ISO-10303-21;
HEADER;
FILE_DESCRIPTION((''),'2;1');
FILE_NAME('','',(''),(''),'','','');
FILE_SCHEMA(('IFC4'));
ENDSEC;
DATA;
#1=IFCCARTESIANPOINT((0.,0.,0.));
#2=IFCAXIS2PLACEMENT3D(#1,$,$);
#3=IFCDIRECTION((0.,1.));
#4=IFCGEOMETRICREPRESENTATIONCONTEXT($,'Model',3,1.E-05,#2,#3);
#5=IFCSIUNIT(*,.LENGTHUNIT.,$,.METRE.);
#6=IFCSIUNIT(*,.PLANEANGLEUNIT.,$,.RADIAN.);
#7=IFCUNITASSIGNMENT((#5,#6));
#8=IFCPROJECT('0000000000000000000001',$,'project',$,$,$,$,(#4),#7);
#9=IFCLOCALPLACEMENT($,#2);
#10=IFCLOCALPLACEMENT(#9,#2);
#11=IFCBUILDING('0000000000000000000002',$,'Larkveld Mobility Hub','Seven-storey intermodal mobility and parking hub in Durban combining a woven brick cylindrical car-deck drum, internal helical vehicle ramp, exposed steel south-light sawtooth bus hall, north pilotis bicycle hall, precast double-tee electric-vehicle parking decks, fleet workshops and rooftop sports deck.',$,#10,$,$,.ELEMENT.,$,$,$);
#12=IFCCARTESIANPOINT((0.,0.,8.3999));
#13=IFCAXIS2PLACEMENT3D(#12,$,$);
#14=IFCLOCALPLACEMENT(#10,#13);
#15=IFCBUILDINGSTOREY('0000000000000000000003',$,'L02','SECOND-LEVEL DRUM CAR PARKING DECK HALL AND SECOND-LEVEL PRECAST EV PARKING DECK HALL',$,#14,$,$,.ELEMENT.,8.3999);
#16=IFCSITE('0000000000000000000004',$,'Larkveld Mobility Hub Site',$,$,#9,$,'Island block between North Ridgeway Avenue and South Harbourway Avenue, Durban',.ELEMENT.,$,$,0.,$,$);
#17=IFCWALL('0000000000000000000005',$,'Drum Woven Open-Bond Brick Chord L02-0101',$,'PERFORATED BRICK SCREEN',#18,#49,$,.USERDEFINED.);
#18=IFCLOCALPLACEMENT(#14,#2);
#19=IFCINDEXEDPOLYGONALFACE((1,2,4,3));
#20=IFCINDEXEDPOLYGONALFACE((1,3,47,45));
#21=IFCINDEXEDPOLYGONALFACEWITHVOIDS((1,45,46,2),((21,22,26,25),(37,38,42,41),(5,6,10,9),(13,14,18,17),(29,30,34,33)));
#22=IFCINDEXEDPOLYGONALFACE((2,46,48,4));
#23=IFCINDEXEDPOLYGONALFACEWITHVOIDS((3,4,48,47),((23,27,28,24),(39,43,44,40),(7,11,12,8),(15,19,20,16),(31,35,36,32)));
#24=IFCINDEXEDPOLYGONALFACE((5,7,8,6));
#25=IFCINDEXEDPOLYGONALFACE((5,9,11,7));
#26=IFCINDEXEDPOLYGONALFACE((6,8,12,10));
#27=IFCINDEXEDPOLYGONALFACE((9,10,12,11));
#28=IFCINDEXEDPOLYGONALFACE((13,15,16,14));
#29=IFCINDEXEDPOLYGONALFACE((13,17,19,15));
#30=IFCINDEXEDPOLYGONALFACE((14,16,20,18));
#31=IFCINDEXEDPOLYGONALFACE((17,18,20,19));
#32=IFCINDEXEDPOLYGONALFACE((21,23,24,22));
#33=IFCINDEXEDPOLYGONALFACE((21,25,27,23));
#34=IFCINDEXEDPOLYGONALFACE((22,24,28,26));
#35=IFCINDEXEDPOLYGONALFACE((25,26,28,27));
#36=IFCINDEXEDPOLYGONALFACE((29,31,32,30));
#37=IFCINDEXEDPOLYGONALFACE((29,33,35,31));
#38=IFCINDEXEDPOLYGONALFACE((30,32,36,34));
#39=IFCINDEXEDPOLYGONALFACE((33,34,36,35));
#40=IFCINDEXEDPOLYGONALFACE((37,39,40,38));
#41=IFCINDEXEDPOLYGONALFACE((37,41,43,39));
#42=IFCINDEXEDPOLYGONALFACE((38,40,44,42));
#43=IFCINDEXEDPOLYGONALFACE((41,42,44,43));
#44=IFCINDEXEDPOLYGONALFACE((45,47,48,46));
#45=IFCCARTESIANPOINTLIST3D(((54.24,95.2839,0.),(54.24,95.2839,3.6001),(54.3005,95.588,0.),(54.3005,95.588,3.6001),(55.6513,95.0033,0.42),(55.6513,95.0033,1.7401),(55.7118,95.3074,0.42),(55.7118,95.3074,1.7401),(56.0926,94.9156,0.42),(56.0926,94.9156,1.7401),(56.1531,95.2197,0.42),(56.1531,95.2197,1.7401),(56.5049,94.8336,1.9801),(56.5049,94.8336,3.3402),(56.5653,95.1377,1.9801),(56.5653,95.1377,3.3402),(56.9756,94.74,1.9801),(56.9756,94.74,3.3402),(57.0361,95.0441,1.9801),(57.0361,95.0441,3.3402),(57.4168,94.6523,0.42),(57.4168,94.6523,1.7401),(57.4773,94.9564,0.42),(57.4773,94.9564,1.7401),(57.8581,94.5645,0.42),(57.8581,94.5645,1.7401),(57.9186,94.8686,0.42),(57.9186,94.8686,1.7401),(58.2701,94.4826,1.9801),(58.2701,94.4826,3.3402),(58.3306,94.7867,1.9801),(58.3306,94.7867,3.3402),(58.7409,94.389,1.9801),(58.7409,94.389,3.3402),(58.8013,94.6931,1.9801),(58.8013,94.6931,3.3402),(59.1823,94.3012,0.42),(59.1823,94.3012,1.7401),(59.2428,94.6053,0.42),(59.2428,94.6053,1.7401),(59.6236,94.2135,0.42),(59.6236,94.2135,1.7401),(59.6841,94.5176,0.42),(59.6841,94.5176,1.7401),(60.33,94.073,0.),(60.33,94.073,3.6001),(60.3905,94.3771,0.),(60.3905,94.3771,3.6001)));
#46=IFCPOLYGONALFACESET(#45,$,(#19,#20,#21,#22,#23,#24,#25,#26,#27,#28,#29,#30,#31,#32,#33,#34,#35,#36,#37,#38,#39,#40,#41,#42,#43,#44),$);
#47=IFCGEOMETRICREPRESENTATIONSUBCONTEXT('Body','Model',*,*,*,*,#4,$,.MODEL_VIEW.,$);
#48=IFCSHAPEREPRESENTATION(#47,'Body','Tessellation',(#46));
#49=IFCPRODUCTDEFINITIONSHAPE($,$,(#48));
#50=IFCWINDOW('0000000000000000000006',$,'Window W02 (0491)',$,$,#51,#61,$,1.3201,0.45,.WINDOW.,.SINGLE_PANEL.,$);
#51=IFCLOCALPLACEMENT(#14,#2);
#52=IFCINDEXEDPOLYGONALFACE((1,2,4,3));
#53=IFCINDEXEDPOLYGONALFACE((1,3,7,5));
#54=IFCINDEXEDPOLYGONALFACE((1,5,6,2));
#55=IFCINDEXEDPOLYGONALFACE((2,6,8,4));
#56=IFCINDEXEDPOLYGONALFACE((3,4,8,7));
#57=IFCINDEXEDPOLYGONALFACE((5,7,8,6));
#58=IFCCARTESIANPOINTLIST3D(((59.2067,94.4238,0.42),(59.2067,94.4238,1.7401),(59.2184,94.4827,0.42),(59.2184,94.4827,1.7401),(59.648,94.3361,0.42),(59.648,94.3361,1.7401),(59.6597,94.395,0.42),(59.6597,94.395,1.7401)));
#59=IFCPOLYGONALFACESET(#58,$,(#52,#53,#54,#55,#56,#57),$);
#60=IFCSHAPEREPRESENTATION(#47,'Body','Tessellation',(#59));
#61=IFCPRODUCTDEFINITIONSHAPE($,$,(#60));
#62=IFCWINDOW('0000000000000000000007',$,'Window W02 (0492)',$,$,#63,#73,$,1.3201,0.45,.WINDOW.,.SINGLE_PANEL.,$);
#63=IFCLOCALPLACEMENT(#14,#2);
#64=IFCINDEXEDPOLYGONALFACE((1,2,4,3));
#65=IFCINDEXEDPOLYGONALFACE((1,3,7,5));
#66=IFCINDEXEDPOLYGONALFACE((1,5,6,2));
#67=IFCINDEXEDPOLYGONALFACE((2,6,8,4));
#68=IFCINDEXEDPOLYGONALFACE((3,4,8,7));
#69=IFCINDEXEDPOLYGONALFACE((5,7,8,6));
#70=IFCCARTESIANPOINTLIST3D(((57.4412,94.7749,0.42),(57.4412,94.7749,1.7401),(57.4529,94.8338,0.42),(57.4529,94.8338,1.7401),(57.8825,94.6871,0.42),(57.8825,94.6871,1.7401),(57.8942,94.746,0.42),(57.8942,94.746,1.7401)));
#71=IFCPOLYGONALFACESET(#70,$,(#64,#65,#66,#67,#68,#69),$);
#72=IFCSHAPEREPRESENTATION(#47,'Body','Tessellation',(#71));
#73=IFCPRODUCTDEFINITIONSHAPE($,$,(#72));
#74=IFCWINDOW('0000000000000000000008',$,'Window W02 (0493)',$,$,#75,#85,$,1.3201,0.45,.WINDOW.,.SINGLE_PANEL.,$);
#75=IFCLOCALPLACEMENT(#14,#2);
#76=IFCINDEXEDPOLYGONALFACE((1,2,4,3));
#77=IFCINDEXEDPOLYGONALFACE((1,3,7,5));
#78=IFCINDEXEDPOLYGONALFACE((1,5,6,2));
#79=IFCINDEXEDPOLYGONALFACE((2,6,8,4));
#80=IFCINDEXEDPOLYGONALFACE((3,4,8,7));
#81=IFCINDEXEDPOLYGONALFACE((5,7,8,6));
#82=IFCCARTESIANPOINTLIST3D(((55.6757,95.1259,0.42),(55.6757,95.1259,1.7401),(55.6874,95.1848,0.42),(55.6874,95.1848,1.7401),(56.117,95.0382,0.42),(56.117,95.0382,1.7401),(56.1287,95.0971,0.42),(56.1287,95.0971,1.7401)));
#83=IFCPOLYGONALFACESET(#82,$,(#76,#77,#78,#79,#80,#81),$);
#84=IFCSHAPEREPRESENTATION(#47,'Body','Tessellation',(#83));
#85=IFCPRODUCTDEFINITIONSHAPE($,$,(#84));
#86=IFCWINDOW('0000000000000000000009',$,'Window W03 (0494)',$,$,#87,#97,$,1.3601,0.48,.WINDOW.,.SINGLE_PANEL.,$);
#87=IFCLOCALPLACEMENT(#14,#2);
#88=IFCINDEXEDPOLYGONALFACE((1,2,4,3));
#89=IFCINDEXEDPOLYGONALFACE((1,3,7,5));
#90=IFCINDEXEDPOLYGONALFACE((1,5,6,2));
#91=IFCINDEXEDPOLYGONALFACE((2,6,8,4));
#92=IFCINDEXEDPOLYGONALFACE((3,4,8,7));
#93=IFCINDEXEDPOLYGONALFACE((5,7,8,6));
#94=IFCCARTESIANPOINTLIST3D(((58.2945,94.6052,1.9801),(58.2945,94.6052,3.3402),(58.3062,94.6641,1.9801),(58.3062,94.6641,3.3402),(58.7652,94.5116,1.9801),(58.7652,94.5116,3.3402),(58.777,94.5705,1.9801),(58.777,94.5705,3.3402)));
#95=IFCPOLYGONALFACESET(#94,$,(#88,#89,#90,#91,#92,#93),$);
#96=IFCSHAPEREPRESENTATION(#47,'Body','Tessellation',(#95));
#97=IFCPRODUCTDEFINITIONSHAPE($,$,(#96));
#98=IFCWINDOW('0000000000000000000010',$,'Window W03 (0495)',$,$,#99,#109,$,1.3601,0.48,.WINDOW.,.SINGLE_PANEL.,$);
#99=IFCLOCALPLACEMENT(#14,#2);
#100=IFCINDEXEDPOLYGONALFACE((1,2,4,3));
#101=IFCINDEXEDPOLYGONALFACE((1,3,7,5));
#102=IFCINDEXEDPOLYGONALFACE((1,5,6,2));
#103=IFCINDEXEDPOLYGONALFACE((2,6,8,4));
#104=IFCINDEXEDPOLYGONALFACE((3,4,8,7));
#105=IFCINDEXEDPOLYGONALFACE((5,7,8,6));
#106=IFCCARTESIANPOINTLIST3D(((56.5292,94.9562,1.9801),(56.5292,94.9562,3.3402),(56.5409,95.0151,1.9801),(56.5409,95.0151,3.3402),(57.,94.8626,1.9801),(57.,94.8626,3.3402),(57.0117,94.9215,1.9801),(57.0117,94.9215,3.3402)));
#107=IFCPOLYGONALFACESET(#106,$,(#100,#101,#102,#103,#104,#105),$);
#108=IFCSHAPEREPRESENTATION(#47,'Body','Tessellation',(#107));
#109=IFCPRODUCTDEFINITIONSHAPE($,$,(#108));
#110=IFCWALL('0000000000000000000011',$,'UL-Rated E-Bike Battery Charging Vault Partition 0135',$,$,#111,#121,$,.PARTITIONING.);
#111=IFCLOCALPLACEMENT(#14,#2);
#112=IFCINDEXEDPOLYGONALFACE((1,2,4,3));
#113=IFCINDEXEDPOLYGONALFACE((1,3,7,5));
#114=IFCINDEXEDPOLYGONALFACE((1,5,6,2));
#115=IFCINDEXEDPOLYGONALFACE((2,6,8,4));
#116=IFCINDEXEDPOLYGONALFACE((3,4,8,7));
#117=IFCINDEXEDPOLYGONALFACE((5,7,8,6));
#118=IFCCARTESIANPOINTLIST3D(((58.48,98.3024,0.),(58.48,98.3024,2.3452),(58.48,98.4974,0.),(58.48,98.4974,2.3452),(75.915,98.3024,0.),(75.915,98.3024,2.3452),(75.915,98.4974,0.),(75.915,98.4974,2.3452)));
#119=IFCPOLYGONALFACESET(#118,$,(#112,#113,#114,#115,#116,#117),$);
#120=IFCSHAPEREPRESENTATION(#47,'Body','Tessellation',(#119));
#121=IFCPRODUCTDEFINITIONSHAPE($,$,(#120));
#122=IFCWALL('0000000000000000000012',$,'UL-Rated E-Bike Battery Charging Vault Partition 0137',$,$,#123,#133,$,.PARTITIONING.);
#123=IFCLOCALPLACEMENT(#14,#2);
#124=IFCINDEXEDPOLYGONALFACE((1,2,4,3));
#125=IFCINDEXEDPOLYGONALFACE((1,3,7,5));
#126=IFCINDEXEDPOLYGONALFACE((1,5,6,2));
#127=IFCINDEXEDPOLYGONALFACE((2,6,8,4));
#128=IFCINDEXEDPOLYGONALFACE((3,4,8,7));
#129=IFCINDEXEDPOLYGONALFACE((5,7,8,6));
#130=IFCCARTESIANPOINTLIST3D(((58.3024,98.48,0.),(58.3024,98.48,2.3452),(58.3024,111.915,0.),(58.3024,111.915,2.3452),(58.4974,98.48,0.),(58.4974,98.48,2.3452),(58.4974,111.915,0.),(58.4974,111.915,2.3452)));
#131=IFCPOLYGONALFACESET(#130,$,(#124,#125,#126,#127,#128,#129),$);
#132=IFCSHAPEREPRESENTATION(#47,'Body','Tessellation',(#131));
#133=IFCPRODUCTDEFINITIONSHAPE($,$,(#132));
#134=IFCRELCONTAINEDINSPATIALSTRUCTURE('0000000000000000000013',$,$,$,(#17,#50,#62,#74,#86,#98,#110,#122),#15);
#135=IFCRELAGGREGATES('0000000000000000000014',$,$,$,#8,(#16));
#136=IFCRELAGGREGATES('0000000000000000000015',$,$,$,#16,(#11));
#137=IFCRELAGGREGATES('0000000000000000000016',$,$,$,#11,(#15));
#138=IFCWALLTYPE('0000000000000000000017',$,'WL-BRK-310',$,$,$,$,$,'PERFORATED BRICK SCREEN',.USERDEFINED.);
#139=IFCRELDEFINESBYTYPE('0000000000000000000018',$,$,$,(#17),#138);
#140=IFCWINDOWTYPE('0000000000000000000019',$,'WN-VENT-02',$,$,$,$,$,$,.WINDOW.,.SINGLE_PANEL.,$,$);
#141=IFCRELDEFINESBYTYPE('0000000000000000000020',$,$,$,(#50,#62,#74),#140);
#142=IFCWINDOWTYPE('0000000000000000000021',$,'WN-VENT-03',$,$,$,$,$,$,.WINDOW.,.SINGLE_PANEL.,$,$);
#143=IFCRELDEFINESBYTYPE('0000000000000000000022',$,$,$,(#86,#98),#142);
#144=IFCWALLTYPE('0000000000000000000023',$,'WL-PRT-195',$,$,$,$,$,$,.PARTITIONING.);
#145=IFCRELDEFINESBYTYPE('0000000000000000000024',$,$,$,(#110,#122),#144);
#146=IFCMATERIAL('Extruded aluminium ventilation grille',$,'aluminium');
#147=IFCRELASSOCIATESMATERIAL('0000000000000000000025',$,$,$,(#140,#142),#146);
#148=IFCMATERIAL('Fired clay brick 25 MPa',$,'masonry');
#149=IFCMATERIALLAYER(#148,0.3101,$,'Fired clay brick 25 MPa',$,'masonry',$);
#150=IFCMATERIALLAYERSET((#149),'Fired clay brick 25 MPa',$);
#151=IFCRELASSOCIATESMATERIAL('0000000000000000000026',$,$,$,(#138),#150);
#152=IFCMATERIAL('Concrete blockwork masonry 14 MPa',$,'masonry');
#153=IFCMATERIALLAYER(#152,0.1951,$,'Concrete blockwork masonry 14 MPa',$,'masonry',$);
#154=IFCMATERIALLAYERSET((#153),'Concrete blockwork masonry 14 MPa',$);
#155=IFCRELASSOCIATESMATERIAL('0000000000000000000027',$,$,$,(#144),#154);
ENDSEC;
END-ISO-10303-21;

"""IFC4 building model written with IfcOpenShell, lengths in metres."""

from ifc_helpers import new_model, si_unit, direction, frame, frame_2d, origin, place, context, subcontext, project, spatial, rectangle, extrude, material, layer, layer_set, type_object, element, fill, save


model = new_model("IFC4")

# Units and contexts
model_context = context("Model", 3, precision=1e-05, world=origin(), true_north=direction((0.0, 1.0)))
body_context = subcontext(model_context, "Body", "Model", "MODEL_VIEW")
ifc_project = project(units=[si_unit("LENGTHUNIT", "METRE"), si_unit("PLANEANGLEUNIT", "RADIAN")], contexts=[model_context])

# Site, building, storey
site_placement = place(None, origin())
site = spatial("IfcSite", under=ifc_project, at=site_placement, Name="Larkveld Mobility Hub Site", LongName="Island block between North Ridgeway Avenue and South Harbourway Avenue, Durban", CompositionType="ELEMENT", RefElevation=0.0)
building_placement = place(site_placement, origin())
building = spatial("IfcBuilding", under=site, at=building_placement, Name="Larkveld Mobility Hub", Description="Seven-storey intermodal mobility and parking hub in Durban combining a woven brick cylindrical car-deck drum, internal helical vehicle ramp, exposed steel south-light sawtooth bus hall, north pilotis bicycle hall, precast double-tee electric-vehicle parking decks, fleet workshops and rooftop sports deck.", CompositionType="ELEMENT")
storey_placement = place(building_placement, frame((0.0, 0.0, 8.3999)))
storey = spatial("IfcBuildingStorey", under=building, at=storey_placement, Name="L02", Description="SECOND-LEVEL DRUM CAR PARKING DECK HALL AND SECOND-LEVEL PRECAST EV PARKING DECK HALL", CompositionType="ELEMENT", Elevation=8.3999)

# Wall, openings, windows
ifc_material_1 = material(Name="Fired clay brick 25 MPa", Category="masonry")
ifc_material_2 = material(Name="Extruded aluminium ventilation grille", Category="aluminium")
window_type_1 = type_object("IfcWindowType", Name="WN-VENT-02", PartitioningType="SINGLE_PANEL", PredefinedType="WINDOW", material=ifc_material_2)
ifc_layer_1 = layer(ifc_material_1, 0.3101, Name="Fired clay brick 25 MPa", Category="masonry")
ifc_layer_set_1 = layer_set([ifc_layer_1], Name="Fired clay brick 25 MPa")
wall_type_1 = type_object("IfcWallType", Name="WL-BRK-310", ElementType="PERFORATED BRICK SCREEN", PredefinedType="USERDEFINED", material=ifc_layer_set_1)
wall_1_placement = place(storey_placement, frame((60.3601, 94.2251, 0.0), z_axis=(0.0, 0.0, 1.0), x_axis=(-0.980799, 0.19502, 0.0)))
wall_1 = element("IfcWall", 1, at=wall_1_placement, inside=storey, type_object=wall_type_1, Name="Drum Woven Open-Bond Brick Chord L02-0101", ObjectType="PERFORATED BRICK SCREEN", PredefinedType="USERDEFINED", context=body_context, shape_type="SweptSolid", body=[
    extrude(rectangle(XDim=6.2092, YDim=0.3101, at=frame_2d((3.1045, 0.0))), origin(), (0.0, 0.0, 1.0), 3.6001),
])
opening_1_placement = place(wall_1_placement, frame((0.72, 0.0, 0.4199)))
opening_1 = element("IfcOpeningElement", 2, at=opening_1_placement, cuts=wall_1, PredefinedType="OPENING", context=body_context, shape_type="SweptSolid", body=[
    extrude(rectangle(XDim=0.45, YDim=1.3201, at=frame_2d((0.2251, 0.6602))), frame((0.0, 0.165, 0.0), z_axis=(0.0, -1.0, 0.0), x_axis=(1.0, 0.0, 0.0)), (0.0, 0.0, 1.0), 0.3301),
])
opening_2_placement = place(wall_1_placement, frame((2.52, 0.0, 0.4199)))
opening_2 = element("IfcOpeningElement", 3, at=opening_2_placement, cuts=wall_1, PredefinedType="OPENING", context=body_context, shape_type="SweptSolid", body=[
    extrude(rectangle(XDim=0.45, YDim=1.3201, at=frame_2d((0.2251, 0.6602))), frame((0.0, 0.165, 0.0), z_axis=(0.0, -1.0, 0.0), x_axis=(1.0, 0.0, 0.0)), (0.0, 0.0, 1.0), 0.3301),
])
opening_3_placement = place(wall_1_placement, frame((4.3201, 0.0, 0.4199)))
opening_3 = element("IfcOpeningElement", 4, at=opening_3_placement, cuts=wall_1, PredefinedType="OPENING", context=body_context, shape_type="SweptSolid", body=[
    extrude(rectangle(XDim=0.45, YDim=1.3201, at=frame_2d((0.2251, 0.6602))), frame((0.0, 0.165, 0.0), z_axis=(0.0, -1.0, 0.0), x_axis=(1.0, 0.0, 0.0)), (0.0, 0.0, 1.0), 0.3301),
])
opening_4_placement = place(wall_1_placement, frame((1.6201, 0.0, 1.98)))
opening_4 = element("IfcOpeningElement", 5, at=opening_4_placement, cuts=wall_1, PredefinedType="OPENING", context=body_context, shape_type="SweptSolid", body=[
    extrude(rectangle(XDim=0.48, YDim=1.3601, at=frame_2d((0.24, 0.6802))), frame((0.0, 0.165, 0.0), z_axis=(0.0, -1.0, 0.0), x_axis=(1.0, 0.0, 0.0)), (0.0, 0.0, 1.0), 0.3301),
])
opening_5_placement = place(wall_1_placement, frame((3.4199, 0.0, 1.98)))
opening_5 = element("IfcOpeningElement", 6, at=opening_5_placement, cuts=wall_1, PredefinedType="OPENING", context=body_context, shape_type="SweptSolid", body=[
    extrude(rectangle(XDim=0.48, YDim=1.3601, at=frame_2d((0.24, 0.6802))), frame((0.0, 0.165, 0.0), z_axis=(0.0, -1.0, 0.0), x_axis=(1.0, 0.0, 0.0)), (0.0, 0.0, 1.0), 0.3301),
])
window_1_placement = place(opening_1_placement, origin())
window_1 = element("IfcWindow", 7, at=window_1_placement, inside=storey, type_object=window_type_1, Name="Window W02 (0491)", OverallHeight=1.3201, OverallWidth=0.45, PartitioningType="SINGLE_PANEL", PredefinedType="WINDOW", context=body_context, shape_type="SweptSolid", body=[
    extrude(rectangle(XDim=0.45, YDim=1.3201, at=frame_2d((0.2251, 0.6602))), frame((0.0, 0.03, 0.0), z_axis=(0.0, -1.0, 0.0), x_axis=(1.0, 0.0, 0.0)), (0.0, 0.0, 1.0), 0.0601),
])
fill(opening_1, window_1)
window_2_placement = place(opening_2_placement, origin())
window_2 = element("IfcWindow", 8, at=window_2_placement, inside=storey, type_object=window_type_1, Name="Window W02 (0492)", OverallHeight=1.3201, OverallWidth=0.45, PartitioningType="SINGLE_PANEL", PredefinedType="WINDOW", context=body_context, shape_type="SweptSolid", body=[
    extrude(rectangle(XDim=0.45, YDim=1.3201, at=frame_2d((0.2251, 0.6602))), frame((0.0, 0.03, 0.0), z_axis=(0.0, -1.0, 0.0), x_axis=(1.0, 0.0, 0.0)), (0.0, 0.0, 1.0), 0.0601),
])
fill(opening_2, window_2)
window_3_placement = place(opening_3_placement, origin())
window_3 = element("IfcWindow", 9, at=window_3_placement, inside=storey, type_object=window_type_1, Name="Window W02 (0493)", OverallHeight=1.3201, OverallWidth=0.45, PartitioningType="SINGLE_PANEL", PredefinedType="WINDOW", context=body_context, shape_type="SweptSolid", body=[
    extrude(rectangle(XDim=0.45, YDim=1.3201, at=frame_2d((0.2251, 0.6602))), frame((0.0, 0.03, 0.0), z_axis=(0.0, -1.0, 0.0), x_axis=(1.0, 0.0, 0.0)), (0.0, 0.0, 1.0), 0.0601),
])
fill(opening_3, window_3)
window_type_2 = type_object("IfcWindowType", Name="WN-VENT-03", PartitioningType="SINGLE_PANEL", PredefinedType="WINDOW", material=ifc_material_2)
window_4_placement = place(opening_4_placement, origin())
window_4 = element("IfcWindow", 10, at=window_4_placement, inside=storey, type_object=window_type_2, Name="Window W03 (0494)", OverallHeight=1.3601, OverallWidth=0.48, PartitioningType="SINGLE_PANEL", PredefinedType="WINDOW", context=body_context, shape_type="SweptSolid", body=[
    extrude(rectangle(XDim=0.48, YDim=1.3601, at=frame_2d((0.24, 0.6802))), frame((0.0, 0.03, 0.0), z_axis=(0.0, -1.0, 0.0), x_axis=(1.0, 0.0, 0.0)), (0.0, 0.0, 1.0), 0.0601),
])
fill(opening_4, window_4)
window_5_placement = place(opening_5_placement, origin())
window_5 = element("IfcWindow", 11, at=window_5_placement, inside=storey, type_object=window_type_2, Name="Window W03 (0495)", OverallHeight=1.3601, OverallWidth=0.48, PartitioningType="SINGLE_PANEL", PredefinedType="WINDOW", context=body_context, shape_type="SweptSolid", body=[
    extrude(rectangle(XDim=0.48, YDim=1.3601, at=frame_2d((0.24, 0.6802))), frame((0.0, 0.03, 0.0), z_axis=(0.0, -1.0, 0.0), x_axis=(1.0, 0.0, 0.0)), (0.0, 0.0, 1.0), 0.0601),
])
fill(opening_5, window_5)

# Walls
ifc_material_3 = material(Name="Concrete blockwork masonry 14 MPa", Category="masonry")
ifc_layer_2 = layer(ifc_material_3, 0.1951, Name="Concrete blockwork masonry 14 MPa", Category="masonry")
ifc_layer_set_2 = layer_set([ifc_layer_2], Name="Concrete blockwork masonry 14 MPa")
wall_type_2 = type_object("IfcWallType", Name="WL-PRT-195", PredefinedType="PARTITIONING", material=ifc_layer_set_2)
wall_2_placement = place(storey_placement, frame((58.48, 98.3999, 0.0), z_axis=(0.0, 0.0, 1.0), x_axis=(1.0, 0.0, 0.0)))
element("IfcWall", 12, at=wall_2_placement, inside=storey, type_object=wall_type_2, Name="UL-Rated E-Bike Battery Charging Vault Partition 0135", PredefinedType="PARTITIONING", context=body_context, shape_type="SweptSolid", body=[
    extrude(rectangle(XDim=17.4351, YDim=0.1951, at=frame_2d((8.7175, 0.0))), origin(), (0.0, 0.0, 1.0), 2.3452),
])
wall_3_placement = place(storey_placement, frame((58.3999, 98.48, 0.0), z_axis=(0.0, 0.0, 1.0), x_axis=(0.0, 1.0, 0.0)))
element("IfcWall", 13, at=wall_3_placement, inside=storey, type_object=wall_type_2, Name="UL-Rated E-Bike Battery Charging Vault Partition 0137", PredefinedType="PARTITIONING", context=body_context, shape_type="SweptSolid", body=[
    extrude(rectangle(XDim=13.4351, YDim=0.1951, at=frame_2d((6.7175, 0.0))), origin(), (0.0, 0.0, 1.0), 2.3452),
])

save(model, "model.ifc")
